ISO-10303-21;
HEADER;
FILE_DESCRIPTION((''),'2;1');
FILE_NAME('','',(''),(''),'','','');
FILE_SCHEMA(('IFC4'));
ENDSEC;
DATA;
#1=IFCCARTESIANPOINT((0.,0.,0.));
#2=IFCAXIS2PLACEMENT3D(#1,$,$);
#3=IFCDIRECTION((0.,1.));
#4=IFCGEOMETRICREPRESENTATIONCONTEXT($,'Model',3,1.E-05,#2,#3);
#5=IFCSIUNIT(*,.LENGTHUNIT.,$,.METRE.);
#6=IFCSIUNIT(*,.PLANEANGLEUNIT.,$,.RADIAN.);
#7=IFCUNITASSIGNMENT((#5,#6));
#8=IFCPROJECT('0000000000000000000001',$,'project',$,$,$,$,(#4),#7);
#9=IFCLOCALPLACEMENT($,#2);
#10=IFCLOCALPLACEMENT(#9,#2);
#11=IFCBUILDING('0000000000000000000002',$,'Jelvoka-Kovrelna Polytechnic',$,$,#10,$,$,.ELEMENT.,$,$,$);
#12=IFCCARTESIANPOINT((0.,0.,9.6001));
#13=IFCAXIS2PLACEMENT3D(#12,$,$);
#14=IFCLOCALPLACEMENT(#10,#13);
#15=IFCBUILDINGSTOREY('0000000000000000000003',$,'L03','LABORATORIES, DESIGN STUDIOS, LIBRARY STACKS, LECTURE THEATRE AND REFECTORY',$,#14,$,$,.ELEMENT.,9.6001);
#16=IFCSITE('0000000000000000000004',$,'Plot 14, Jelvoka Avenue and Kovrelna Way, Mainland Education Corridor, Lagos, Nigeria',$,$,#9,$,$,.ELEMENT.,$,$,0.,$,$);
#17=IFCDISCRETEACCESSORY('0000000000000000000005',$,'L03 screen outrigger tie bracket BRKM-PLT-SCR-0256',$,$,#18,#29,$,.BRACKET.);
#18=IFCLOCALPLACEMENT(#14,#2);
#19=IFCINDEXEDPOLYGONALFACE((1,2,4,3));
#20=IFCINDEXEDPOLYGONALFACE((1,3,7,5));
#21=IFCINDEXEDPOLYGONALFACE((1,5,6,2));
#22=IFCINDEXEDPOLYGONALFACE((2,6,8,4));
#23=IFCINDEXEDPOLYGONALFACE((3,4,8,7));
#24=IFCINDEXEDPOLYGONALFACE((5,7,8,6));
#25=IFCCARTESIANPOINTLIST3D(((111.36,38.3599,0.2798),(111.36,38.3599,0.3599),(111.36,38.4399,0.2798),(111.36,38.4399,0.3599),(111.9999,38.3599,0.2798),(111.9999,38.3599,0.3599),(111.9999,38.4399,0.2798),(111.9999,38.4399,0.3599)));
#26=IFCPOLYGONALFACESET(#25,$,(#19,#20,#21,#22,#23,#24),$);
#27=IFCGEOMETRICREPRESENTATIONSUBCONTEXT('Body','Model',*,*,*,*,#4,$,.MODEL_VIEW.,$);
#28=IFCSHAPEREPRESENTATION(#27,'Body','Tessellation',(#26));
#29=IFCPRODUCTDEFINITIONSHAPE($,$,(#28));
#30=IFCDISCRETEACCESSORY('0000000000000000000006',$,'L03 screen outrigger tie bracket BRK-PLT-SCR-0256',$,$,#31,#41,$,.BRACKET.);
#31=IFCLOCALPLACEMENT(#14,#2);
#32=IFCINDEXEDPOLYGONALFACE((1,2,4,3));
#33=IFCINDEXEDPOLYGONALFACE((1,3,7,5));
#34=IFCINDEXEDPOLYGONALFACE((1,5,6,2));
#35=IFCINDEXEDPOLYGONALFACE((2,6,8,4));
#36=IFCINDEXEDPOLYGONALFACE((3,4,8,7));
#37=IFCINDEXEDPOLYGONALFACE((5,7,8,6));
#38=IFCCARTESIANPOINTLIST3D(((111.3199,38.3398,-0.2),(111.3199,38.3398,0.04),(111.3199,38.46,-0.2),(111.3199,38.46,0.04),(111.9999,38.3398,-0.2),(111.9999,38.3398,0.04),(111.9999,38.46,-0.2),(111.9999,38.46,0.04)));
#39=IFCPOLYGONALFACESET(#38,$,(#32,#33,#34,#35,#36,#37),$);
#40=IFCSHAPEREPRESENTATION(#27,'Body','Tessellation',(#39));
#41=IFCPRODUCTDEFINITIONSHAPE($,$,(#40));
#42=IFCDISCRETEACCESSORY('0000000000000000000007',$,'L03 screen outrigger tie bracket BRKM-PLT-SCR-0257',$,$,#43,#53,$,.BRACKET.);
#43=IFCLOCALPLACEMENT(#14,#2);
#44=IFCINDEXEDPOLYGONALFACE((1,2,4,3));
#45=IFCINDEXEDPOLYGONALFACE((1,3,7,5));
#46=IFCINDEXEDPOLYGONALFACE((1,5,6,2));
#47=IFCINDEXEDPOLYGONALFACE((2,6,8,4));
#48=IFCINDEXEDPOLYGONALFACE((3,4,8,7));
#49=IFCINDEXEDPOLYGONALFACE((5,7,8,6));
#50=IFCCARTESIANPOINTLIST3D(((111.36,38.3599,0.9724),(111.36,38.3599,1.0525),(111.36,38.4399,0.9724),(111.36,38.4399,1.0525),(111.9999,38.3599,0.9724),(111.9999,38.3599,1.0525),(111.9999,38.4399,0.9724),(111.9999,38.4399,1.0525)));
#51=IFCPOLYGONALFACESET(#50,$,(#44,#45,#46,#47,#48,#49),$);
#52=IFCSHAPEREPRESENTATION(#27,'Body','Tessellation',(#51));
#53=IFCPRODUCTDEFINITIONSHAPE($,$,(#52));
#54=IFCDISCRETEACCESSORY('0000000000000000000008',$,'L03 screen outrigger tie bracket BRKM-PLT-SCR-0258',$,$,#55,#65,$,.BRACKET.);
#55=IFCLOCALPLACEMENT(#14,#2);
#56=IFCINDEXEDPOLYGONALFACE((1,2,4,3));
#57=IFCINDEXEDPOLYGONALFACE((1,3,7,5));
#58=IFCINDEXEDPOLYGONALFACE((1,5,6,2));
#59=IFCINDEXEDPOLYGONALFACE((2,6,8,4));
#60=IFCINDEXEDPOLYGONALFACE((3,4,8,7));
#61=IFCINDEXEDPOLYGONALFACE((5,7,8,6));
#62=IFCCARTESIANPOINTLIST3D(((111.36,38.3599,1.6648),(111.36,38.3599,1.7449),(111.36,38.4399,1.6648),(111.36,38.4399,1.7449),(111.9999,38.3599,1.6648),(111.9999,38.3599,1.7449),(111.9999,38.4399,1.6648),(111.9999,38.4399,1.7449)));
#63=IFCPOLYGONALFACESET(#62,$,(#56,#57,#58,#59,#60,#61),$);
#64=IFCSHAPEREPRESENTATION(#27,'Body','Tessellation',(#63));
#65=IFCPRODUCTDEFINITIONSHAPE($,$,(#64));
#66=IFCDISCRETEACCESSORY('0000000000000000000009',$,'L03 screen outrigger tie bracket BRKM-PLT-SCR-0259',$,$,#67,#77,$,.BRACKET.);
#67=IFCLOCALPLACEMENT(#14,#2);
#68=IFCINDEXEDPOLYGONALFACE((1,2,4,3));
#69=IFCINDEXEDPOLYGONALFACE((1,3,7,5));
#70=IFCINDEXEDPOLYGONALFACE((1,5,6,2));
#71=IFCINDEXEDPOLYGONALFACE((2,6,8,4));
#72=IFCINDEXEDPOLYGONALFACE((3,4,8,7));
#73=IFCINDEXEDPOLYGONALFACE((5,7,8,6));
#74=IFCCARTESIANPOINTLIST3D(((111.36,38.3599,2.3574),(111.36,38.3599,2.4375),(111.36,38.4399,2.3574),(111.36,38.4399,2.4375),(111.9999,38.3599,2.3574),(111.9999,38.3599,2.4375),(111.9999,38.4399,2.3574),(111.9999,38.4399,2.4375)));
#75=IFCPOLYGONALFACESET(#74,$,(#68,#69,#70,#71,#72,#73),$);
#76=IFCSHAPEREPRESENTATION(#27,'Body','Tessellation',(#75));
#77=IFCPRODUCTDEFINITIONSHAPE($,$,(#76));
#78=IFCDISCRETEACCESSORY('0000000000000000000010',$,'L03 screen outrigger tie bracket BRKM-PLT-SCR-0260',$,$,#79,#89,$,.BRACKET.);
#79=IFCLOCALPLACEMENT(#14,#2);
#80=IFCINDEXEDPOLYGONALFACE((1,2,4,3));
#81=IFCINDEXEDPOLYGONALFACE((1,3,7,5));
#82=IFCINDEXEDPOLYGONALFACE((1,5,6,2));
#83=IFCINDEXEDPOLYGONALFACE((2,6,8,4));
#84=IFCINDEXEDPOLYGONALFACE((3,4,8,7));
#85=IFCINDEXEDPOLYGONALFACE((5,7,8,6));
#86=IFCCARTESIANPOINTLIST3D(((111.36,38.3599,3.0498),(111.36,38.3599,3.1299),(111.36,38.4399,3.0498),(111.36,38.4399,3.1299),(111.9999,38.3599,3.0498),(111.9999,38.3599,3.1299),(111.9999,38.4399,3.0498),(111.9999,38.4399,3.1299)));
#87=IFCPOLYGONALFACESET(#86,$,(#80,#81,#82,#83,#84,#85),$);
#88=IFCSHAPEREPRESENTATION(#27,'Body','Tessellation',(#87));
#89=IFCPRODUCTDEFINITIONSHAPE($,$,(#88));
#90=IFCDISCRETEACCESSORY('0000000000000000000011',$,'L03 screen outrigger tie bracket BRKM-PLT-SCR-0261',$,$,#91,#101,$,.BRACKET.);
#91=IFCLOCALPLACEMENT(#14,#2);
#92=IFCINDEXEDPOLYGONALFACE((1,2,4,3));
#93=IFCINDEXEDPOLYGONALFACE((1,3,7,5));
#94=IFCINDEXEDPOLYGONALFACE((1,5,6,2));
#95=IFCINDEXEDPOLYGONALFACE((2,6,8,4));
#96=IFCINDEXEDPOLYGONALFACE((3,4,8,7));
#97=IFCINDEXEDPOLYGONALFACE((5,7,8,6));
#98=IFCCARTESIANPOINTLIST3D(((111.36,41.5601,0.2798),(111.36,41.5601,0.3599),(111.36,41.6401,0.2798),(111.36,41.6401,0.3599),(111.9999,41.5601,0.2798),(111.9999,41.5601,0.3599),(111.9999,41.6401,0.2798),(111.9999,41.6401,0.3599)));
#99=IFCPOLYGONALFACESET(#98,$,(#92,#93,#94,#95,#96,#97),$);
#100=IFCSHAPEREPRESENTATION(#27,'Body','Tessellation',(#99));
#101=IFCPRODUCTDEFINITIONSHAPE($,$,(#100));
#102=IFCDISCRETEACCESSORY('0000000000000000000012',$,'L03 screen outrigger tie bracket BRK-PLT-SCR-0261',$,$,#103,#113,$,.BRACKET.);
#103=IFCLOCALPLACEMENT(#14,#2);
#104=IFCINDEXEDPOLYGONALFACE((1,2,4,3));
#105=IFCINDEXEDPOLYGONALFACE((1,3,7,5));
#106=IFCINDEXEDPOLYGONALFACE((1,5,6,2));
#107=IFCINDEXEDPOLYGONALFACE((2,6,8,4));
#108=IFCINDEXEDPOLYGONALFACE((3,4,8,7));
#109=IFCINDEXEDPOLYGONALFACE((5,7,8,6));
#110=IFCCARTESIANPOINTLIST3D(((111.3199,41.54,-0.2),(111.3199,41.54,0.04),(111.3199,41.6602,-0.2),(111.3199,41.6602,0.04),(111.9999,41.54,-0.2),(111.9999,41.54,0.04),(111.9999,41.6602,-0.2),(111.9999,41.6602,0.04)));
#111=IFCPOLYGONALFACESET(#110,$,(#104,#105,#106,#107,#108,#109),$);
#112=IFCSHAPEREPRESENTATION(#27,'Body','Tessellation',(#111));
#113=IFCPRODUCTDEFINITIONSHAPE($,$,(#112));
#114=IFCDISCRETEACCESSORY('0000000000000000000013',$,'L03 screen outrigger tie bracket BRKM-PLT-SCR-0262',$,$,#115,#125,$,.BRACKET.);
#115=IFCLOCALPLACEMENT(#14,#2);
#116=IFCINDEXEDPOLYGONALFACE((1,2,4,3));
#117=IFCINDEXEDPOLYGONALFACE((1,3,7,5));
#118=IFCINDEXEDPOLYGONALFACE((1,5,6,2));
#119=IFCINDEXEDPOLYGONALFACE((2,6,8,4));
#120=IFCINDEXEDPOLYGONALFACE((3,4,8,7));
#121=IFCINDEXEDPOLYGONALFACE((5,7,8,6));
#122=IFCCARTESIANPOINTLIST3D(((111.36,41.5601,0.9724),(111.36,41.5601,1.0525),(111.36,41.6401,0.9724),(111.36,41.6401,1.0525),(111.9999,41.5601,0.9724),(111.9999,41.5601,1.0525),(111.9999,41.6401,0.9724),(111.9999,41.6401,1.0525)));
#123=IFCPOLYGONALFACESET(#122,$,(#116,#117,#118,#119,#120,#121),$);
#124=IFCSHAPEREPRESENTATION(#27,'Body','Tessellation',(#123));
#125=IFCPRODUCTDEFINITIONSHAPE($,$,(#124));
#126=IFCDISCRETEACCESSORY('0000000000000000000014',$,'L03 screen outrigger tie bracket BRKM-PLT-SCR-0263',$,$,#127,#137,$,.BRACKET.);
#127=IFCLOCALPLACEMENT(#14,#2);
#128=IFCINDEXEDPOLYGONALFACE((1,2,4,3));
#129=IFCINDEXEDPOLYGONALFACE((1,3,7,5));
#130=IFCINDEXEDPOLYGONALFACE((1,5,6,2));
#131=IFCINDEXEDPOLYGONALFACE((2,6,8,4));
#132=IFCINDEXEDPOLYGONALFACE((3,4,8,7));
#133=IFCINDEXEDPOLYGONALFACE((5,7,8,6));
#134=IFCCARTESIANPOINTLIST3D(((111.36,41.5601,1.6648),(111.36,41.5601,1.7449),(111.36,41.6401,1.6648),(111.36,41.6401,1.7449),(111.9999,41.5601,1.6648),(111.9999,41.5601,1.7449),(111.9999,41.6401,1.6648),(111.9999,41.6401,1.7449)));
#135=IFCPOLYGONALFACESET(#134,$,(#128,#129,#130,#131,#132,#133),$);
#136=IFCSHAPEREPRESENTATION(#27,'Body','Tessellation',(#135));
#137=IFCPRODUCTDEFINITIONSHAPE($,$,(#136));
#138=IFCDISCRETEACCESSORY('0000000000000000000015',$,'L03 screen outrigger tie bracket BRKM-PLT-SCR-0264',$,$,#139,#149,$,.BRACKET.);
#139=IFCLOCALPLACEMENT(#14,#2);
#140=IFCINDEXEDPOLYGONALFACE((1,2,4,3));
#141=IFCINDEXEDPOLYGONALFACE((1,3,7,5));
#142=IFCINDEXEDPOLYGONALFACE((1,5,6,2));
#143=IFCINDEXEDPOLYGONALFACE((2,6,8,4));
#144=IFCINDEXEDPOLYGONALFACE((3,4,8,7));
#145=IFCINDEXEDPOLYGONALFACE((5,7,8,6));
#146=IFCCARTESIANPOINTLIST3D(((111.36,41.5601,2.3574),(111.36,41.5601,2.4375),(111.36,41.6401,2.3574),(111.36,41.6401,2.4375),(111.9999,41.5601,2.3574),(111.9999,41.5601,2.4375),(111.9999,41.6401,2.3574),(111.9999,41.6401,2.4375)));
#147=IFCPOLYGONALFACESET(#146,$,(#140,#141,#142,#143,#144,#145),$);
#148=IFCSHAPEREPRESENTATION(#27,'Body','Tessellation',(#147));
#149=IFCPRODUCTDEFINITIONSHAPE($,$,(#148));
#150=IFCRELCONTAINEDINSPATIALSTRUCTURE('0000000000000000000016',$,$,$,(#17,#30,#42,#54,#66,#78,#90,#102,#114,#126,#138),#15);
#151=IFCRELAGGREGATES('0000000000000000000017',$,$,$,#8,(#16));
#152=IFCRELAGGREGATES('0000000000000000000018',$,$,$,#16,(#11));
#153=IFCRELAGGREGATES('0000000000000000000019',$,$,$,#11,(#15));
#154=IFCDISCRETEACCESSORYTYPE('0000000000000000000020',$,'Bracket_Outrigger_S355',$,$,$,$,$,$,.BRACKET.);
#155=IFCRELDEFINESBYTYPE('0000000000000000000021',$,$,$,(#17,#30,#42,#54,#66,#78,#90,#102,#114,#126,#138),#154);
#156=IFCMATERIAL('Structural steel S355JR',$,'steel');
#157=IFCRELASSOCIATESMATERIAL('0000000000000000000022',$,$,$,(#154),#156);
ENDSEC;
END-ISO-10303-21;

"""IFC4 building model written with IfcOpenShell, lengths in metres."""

from ifc_helpers import new_model, si_unit, direction, frame, origin, origin_2d, place, context, subcontext, project, spatial, rectangle, extrude, material, type_object, element, save


model = new_model("IFC4")

# Units and contexts
model_context = context("Model", 3, precision=1e-05, world=origin(), true_north=direction((0.0, 1.0)))
body_context = subcontext(model_context, "Body", "Model", "MODEL_VIEW")
ifc_project = project(units=[si_unit("LENGTHUNIT", "METRE"), si_unit("PLANEANGLEUNIT", "RADIAN")], contexts=[model_context])

# Site, building, storey
site_placement = place(None, origin())
site = spatial("IfcSite", under=ifc_project, at=site_placement, Name="Plot 14, Jelvoka Avenue and Kovrelna Way, Mainland Education Corridor, Lagos, Nigeria", CompositionType="ELEMENT", RefElevation=0.0)
building_placement = place(site_placement, origin())
building = spatial("IfcBuilding", under=site, at=building_placement, Name="Jelvoka-Kovrelna Polytechnic", CompositionType="ELEMENT")
storey_placement = place(building_placement, frame((0.0, 0.0, 9.6001)))
storey = spatial("IfcBuildingStorey", under=building, at=storey_placement, Name="L03", Description="LABORATORIES, DESIGN STUDIOS, LIBRARY STACKS, LECTURE THEATRE AND REFECTORY", CompositionType="ELEMENT", Elevation=9.6001)

# Discrete accessories
ifc_material_1 = material(Name="Structural steel S355JR", Category="steel")
discrete_accessory_type = type_object("IfcDiscreteAccessoryType", Name="Bracket_Outrigger_S355", PredefinedType="BRACKET", material=ifc_material_1)
discrete_accessory_1_placement = place(storey_placement, frame((111.6799, 38.3999, 0.2798), z_axis=(0.0, 0.0, 1.0), x_axis=(1.0, 0.0, 0.0)))
element("IfcDiscreteAccessory", 1, at=discrete_accessory_1_placement, inside=storey, type_object=discrete_accessory_type, Name="L03 screen outrigger tie bracket BRKM-PLT-SCR-0256", PredefinedType="BRACKET", context=body_context, shape_type="SweptSolid", body=[
    extrude(rectangle(XDim=0.6399, YDim=0.0801, at=origin_2d()), origin(), (0.0, 0.0, 1.0), 0.0801),
])
discrete_accessory_2_placement = place(storey_placement, frame((111.6599, 38.3999, -0.2), z_axis=(0.0, 0.0, 1.0), x_axis=(1.0, 0.0, 0.0)))
element("IfcDiscreteAccessory", 2, at=discrete_accessory_2_placement, inside=storey, type_object=discrete_accessory_type, Name="L03 screen outrigger tie bracket BRK-PLT-SCR-0256", PredefinedType="BRACKET", context=body_context, shape_type="SweptSolid", body=[
    extrude(rectangle(XDim=0.6799, YDim=0.1201, at=origin_2d()), origin(), (0.0, 0.0, 1.0), 0.24),
])
for number, where, z_axis, x_axis, name in (
    (3, (111.6799, 38.3999, 0.9724), (0.0, 0.0, 1.0), (1.0, 0.0, 0.0), "L03 screen outrigger tie bracket BRKM-PLT-SCR-0257"),
    (4, (111.6799, 38.3999, 1.6648), (0.0, 0.0, 1.0), (1.0, 0.0, 0.0), "L03 screen outrigger tie bracket BRKM-PLT-SCR-0258"),
    (5, (111.6799, 38.3999, 2.3574), (0.0, 0.0, 1.0), (1.0, 0.0, 0.0), "L03 screen outrigger tie bracket BRKM-PLT-SCR-0259"),
    (6, (111.6799, 38.3999, 3.0498), (0.0, 0.0, 1.0), (1.0, 0.0, 0.0), "L03 screen outrigger tie bracket BRKM-PLT-SCR-0260"),
    (7, (111.6799, 41.6001, 0.2798), (0.0, 0.0, 1.0), (1.0, 0.0, 0.0), "L03 screen outrigger tie bracket BRKM-PLT-SCR-0261"),
):
    element("IfcDiscreteAccessory", number, at=place(storey_placement, frame(where, z_axis=z_axis, x_axis=x_axis)), inside=storey, type_object=discrete_accessory_type, Name=name, PredefinedType="BRACKET", context=body_context, shape_type="SweptSolid", body=[
        extrude(rectangle(XDim=0.6399, YDim=0.0801, at=origin_2d()), origin(), (0.0, 0.0, 1.0), 0.0801),
    ])
discrete_accessory_3_placement = place(storey_placement, frame((111.6599, 41.6001, -0.2), z_axis=(0.0, 0.0, 1.0), x_axis=(1.0, 0.0, 0.0)))
element("IfcDiscreteAccessory", 8, at=discrete_accessory_3_placement, inside=storey, type_object=discrete_accessory_type, Name="L03 screen outrigger tie bracket BRK-PLT-SCR-0261", PredefinedType="BRACKET", context=body_context, shape_type="SweptSolid", body=[
    extrude(rectangle(XDim=0.6799, YDim=0.1201, at=origin_2d()), origin(), (0.0, 0.0, 1.0), 0.24),
])
for number, where, z_axis, x_axis, name in (
    (9, (111.6799, 41.6001, 0.9724), (0.0, 0.0, 1.0), (1.0, 0.0, 0.0), "L03 screen outrigger tie bracket BRKM-PLT-SCR-0262"),
    (10, (111.6799, 41.6001, 1.6648), (0.0, 0.0, 1.0), (1.0, 0.0, 0.0), "L03 screen outrigger tie bracket BRKM-PLT-SCR-0263"),
    (11, (111.6799, 41.6001, 2.3574), (0.0, 0.0, 1.0), (1.0, 0.0, 0.0), "L03 screen outrigger tie bracket BRKM-PLT-SCR-0264"),
):
    element("IfcDiscreteAccessory", number, at=place(storey_placement, frame(where, z_axis=z_axis, x_axis=x_axis)), inside=storey, type_object=discrete_accessory_type, Name=name, PredefinedType="BRACKET", context=body_context, shape_type="SweptSolid", body=[
        extrude(rectangle(XDim=0.6399, YDim=0.0801, at=origin_2d()), origin(), (0.0, 0.0, 1.0), 0.0801),
    ])

save(model, "model.ifc")
